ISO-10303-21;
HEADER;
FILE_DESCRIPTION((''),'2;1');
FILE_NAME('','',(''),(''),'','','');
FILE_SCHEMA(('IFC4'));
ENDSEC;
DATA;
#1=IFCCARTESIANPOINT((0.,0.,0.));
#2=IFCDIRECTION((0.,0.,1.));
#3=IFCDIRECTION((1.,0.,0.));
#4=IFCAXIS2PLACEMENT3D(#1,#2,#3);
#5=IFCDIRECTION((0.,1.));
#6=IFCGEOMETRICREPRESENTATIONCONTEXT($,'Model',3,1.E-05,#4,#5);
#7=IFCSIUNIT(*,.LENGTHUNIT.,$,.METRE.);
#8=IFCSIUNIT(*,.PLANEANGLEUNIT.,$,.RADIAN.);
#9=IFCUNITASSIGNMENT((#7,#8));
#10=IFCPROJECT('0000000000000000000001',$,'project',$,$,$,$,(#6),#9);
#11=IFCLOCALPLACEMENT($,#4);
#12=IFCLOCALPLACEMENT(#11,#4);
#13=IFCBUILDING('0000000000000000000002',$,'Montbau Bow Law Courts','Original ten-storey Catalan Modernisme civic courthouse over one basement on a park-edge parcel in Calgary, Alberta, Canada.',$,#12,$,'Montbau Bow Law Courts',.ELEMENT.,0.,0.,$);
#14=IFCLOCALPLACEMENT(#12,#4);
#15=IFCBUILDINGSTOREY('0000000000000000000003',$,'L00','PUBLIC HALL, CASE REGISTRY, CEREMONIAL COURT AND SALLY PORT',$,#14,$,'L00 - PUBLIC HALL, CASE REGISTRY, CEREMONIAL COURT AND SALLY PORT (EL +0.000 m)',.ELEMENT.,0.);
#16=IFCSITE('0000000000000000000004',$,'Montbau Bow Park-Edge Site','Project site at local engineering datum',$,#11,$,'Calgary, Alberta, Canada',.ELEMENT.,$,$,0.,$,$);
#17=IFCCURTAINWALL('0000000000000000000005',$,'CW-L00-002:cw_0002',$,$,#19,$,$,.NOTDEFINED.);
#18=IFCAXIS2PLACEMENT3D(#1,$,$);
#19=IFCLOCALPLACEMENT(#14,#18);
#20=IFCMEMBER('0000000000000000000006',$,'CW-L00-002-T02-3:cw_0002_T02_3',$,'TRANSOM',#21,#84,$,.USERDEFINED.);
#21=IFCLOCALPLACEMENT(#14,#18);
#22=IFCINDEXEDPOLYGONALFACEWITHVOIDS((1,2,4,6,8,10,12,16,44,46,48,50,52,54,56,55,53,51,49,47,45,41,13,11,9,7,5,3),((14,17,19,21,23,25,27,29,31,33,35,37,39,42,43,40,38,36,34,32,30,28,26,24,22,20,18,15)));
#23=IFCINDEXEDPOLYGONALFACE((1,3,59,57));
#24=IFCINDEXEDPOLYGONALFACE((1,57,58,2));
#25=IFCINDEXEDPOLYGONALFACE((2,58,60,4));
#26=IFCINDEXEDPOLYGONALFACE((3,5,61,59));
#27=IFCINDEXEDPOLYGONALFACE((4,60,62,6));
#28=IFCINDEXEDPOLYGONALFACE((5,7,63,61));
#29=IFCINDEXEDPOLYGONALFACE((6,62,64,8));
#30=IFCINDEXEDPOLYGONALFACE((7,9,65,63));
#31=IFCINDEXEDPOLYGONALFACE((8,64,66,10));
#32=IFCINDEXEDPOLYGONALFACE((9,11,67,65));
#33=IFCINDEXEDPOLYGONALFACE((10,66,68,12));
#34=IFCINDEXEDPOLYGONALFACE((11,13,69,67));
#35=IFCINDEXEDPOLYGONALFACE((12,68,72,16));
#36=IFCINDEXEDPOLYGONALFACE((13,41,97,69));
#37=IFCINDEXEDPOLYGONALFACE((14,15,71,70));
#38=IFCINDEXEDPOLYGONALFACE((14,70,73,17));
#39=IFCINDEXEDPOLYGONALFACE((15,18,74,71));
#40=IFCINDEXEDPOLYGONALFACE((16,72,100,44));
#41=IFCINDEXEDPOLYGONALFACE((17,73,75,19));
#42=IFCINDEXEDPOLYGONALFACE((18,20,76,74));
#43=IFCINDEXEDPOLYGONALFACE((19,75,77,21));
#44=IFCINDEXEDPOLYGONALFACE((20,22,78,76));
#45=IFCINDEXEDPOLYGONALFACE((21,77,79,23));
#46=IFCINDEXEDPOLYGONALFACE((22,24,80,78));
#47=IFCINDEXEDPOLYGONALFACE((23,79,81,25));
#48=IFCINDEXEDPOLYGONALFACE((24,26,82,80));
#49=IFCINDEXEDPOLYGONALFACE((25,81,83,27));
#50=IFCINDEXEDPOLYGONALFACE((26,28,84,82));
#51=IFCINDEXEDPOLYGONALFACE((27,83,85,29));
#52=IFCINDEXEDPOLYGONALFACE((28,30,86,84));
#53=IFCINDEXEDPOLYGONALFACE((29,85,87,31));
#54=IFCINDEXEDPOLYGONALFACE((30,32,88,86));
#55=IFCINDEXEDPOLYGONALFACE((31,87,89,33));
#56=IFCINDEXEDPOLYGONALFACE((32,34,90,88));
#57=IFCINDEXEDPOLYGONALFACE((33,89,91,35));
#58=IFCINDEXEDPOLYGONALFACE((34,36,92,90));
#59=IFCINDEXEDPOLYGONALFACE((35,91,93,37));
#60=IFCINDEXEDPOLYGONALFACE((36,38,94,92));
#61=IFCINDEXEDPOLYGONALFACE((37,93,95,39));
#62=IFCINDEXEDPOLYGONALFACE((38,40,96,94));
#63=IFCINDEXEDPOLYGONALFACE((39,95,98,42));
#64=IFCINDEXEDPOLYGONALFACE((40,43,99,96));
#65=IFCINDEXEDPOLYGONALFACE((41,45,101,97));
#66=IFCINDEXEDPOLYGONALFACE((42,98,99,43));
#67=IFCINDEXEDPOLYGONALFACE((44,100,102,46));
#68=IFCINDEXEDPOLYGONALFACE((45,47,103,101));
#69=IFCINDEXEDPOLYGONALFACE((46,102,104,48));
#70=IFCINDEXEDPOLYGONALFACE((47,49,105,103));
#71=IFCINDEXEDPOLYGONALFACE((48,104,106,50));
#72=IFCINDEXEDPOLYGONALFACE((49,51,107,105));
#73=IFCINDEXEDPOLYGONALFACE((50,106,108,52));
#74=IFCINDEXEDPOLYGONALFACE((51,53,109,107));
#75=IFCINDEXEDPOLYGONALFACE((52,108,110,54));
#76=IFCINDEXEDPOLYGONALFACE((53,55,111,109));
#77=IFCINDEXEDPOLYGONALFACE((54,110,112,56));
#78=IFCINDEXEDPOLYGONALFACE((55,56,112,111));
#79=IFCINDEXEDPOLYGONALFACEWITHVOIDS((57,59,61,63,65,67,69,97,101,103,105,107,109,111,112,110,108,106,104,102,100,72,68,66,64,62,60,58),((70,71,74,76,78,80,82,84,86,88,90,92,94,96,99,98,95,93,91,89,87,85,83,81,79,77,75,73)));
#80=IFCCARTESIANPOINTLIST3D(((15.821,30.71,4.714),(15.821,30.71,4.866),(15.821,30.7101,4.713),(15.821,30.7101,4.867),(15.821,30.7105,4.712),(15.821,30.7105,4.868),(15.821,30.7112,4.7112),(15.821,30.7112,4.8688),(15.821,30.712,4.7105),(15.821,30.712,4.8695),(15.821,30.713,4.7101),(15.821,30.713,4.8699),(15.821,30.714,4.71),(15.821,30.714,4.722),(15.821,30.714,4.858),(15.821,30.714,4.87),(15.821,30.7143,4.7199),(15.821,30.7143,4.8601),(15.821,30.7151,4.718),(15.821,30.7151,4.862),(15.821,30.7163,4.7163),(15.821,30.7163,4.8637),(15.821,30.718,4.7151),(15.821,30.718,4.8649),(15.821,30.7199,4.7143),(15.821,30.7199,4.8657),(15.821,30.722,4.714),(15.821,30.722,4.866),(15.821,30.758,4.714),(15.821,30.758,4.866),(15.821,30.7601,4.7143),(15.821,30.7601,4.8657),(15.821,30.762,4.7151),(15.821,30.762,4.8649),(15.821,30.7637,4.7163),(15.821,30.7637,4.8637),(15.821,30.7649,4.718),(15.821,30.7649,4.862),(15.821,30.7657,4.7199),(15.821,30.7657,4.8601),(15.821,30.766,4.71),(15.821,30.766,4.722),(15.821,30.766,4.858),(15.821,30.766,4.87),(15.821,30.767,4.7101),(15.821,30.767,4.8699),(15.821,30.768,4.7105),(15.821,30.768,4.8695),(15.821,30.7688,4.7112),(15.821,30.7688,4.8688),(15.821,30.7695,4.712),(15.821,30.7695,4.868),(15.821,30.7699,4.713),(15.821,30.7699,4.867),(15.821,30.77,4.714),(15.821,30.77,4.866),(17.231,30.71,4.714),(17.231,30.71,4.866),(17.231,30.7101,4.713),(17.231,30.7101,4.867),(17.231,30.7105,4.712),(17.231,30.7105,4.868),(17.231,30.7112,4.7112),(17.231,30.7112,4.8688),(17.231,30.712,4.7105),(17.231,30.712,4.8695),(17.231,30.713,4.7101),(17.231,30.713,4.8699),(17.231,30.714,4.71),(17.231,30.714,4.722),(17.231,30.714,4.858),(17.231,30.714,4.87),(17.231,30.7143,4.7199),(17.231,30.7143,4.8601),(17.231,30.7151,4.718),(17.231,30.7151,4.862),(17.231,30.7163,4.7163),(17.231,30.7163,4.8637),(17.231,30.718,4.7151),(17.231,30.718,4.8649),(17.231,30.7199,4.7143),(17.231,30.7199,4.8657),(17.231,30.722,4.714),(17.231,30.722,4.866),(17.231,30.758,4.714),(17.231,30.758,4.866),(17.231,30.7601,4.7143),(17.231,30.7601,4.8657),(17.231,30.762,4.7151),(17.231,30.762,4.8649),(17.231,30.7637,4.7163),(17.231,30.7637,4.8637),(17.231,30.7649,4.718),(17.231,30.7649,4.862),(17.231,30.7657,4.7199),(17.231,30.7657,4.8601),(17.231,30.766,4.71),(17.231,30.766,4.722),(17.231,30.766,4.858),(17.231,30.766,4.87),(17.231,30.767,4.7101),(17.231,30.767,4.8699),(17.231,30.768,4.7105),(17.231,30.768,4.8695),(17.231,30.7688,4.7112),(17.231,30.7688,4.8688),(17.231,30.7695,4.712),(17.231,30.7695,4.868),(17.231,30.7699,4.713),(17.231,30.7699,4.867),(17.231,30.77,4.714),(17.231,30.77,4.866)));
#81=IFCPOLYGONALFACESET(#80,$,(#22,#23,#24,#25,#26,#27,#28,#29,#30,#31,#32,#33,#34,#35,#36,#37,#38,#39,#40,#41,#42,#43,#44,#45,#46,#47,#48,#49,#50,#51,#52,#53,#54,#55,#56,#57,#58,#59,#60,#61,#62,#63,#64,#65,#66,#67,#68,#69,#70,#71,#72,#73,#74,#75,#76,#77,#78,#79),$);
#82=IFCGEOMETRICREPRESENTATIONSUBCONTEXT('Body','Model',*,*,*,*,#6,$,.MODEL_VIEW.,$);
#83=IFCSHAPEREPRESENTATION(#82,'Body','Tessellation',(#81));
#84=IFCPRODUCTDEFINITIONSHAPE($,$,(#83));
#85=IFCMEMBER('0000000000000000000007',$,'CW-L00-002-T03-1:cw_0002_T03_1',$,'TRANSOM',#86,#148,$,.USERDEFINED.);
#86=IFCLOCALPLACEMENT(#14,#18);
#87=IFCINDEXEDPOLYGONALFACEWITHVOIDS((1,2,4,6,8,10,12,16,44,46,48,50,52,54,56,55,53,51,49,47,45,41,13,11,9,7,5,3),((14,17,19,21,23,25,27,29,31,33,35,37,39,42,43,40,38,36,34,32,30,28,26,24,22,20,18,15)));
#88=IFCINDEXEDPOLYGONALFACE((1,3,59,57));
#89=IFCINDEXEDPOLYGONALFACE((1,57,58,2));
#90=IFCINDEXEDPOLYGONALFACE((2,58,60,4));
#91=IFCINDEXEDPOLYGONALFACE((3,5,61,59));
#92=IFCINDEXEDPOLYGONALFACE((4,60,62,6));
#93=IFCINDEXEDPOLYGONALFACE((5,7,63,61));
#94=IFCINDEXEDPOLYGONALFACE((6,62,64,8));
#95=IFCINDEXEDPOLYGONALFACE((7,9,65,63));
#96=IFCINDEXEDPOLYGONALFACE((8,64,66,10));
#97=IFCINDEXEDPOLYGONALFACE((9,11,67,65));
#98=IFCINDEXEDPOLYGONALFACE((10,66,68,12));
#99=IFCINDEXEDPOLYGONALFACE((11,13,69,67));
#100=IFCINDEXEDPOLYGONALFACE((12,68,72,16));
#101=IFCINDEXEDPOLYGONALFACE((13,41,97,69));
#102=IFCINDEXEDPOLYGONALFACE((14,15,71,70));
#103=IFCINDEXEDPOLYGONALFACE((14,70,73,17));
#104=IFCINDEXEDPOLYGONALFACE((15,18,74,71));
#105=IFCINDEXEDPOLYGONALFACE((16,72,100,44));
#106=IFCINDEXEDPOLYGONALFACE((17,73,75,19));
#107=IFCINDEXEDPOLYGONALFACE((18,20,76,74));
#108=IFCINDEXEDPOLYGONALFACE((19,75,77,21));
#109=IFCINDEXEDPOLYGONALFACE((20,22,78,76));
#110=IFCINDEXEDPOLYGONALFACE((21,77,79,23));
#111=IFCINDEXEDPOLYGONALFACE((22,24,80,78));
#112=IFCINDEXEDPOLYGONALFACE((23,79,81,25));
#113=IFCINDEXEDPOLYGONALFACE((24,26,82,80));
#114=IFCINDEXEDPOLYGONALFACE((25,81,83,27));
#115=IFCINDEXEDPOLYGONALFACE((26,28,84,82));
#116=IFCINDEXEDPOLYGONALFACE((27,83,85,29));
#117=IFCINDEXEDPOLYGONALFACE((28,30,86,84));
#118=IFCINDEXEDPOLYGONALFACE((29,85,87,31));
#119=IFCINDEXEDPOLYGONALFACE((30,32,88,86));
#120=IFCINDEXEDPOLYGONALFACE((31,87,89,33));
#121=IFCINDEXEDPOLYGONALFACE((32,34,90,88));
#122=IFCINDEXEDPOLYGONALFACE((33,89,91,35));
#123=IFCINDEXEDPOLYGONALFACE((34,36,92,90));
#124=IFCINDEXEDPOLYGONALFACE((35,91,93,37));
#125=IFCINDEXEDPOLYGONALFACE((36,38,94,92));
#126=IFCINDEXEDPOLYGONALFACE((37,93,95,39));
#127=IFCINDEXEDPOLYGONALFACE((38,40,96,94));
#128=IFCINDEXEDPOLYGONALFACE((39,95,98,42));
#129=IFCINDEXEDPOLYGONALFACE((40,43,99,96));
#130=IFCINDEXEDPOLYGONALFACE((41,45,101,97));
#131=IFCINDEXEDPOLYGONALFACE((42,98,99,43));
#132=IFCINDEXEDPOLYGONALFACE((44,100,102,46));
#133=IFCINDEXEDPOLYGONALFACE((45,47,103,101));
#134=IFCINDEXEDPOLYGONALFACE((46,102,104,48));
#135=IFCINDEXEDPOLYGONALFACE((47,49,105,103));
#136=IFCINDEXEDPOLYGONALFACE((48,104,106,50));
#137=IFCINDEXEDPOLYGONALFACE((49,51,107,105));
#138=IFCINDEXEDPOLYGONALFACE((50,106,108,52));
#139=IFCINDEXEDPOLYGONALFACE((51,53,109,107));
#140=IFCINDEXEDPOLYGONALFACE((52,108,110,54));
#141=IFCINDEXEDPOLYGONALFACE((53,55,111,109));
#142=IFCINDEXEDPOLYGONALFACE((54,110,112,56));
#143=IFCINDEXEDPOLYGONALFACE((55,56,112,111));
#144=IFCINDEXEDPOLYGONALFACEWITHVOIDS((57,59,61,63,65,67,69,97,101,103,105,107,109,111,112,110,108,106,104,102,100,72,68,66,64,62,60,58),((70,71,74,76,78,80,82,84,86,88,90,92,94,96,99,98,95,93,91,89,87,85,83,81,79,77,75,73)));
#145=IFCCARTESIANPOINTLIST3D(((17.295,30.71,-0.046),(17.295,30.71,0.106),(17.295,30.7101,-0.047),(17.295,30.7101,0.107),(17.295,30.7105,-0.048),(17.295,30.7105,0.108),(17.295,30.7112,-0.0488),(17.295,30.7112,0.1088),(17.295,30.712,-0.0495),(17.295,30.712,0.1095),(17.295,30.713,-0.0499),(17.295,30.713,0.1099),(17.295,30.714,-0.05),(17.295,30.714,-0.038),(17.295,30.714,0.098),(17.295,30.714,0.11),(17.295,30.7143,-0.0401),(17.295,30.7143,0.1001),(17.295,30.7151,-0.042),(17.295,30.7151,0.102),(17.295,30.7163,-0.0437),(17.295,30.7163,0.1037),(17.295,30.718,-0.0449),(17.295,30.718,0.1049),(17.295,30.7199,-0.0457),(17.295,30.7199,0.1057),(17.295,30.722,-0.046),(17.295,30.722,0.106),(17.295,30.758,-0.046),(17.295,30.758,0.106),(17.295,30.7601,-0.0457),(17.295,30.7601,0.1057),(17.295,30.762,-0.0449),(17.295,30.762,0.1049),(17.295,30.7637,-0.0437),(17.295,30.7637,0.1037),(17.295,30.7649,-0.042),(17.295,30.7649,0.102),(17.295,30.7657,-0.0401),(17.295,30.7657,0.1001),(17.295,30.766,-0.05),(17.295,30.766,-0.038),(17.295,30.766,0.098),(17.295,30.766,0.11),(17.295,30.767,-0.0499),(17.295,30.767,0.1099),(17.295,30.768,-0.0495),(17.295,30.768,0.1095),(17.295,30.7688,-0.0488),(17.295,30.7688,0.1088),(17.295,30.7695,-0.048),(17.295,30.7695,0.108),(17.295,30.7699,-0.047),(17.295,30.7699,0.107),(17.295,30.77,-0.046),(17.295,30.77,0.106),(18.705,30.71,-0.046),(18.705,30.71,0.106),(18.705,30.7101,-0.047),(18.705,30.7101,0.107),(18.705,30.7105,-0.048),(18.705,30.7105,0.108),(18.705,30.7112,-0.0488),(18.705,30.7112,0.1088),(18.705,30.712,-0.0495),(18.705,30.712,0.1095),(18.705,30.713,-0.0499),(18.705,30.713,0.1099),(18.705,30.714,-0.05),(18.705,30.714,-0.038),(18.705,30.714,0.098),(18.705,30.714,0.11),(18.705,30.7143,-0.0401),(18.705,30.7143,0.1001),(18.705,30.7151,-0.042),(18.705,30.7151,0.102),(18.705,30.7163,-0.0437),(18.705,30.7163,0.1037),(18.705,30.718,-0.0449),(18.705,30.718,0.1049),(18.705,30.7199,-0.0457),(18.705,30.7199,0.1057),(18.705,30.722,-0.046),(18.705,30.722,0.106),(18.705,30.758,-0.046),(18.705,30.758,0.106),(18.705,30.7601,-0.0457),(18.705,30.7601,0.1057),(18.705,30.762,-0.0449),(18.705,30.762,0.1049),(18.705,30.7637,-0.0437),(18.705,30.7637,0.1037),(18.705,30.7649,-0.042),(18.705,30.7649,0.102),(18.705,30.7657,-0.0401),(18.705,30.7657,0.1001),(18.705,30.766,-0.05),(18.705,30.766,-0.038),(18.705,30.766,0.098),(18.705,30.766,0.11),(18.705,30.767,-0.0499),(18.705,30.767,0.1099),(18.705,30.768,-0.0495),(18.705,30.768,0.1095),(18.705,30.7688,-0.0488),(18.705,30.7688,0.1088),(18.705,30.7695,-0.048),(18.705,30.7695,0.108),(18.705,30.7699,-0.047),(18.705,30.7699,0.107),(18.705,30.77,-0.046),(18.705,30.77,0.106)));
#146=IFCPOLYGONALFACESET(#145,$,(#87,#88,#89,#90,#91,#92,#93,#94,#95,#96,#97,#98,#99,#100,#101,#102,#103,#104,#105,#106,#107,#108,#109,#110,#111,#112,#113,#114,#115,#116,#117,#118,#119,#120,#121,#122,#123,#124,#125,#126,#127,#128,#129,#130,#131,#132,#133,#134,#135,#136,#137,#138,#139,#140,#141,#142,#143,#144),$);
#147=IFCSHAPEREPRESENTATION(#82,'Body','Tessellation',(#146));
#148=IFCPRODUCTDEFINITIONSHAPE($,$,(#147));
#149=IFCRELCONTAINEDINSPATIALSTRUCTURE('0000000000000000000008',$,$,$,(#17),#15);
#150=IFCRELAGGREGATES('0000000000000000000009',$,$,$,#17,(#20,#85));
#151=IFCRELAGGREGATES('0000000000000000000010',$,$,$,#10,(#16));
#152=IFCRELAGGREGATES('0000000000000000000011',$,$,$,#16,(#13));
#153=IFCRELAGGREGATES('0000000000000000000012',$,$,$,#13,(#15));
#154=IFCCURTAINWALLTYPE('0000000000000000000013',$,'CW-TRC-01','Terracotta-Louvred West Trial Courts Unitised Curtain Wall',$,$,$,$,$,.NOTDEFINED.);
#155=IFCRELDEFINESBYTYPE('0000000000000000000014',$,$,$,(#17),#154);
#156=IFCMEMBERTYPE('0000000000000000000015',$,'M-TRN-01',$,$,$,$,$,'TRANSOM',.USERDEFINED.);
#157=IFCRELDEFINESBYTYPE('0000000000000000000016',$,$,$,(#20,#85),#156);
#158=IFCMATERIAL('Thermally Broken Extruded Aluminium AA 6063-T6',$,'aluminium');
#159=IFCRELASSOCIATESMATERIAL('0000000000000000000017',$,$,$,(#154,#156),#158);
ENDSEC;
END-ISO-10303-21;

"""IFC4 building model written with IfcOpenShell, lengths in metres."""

from ifc_helpers import new_model, si_unit, direction, frame, origin_with_axes, origin_2d_with_axis, place, context, subcontext, project, spatial, hollow_rectangle, extrude, material, material_profile, profile_set, type_object, element, aggregate, save


model = new_model("IFC4")

# Units and contexts
model_context = context("Model", 3, precision=1e-05, world=origin_with_axes(), true_north=direction((0.0, 1.0)))
body_context = subcontext(model_context, "Body", "Model", "MODEL_VIEW")
ifc_project = project(units=[si_unit("LENGTHUNIT", "METRE"), si_unit("PLANEANGLEUNIT", "RADIAN")], contexts=[model_context])

# Site, building, storey
site_placement = place(None, origin_with_axes())
site = spatial("IfcSite", under=ifc_project, at=site_placement, Name="Montbau Bow Park-Edge Site", Description="Project site at local engineering datum", LongName="Calgary, Alberta, Canada", CompositionType="ELEMENT", RefElevation=0.0)
building_placement = place(site_placement, origin_with_axes())
building = spatial("IfcBuilding", under=site, at=building_placement, Name="Montbau Bow Law Courts", Description="Original ten-storey Catalan Modernisme civic courthouse over one basement on a park-edge parcel in Calgary, Alberta, Canada.", LongName="Montbau Bow Law Courts", CompositionType="ELEMENT", ElevationOfRefHeight=0.0, ElevationOfTerrain=0.0)
storey_placement = place(building_placement, origin_with_axes())
storey = spatial("IfcBuildingStorey", under=building, at=storey_placement, Name="L00", Description="PUBLIC HALL, CASE REGISTRY, CEREMONIAL COURT AND SALLY PORT", LongName="L00 - PUBLIC HALL, CASE REGISTRY, CEREMONIAL COURT AND SALLY PORT (EL +0.000 m)", CompositionType="ELEMENT", Elevation=0.0)

# Curtain wall, members
ifc_material_1 = material(Name="Thermally Broken Extruded Aluminium AA 6063-T6", Category="aluminium")
curtain_wall_type = type_object("IfcCurtainWallType", Name="CW-TRC-01", Description="Terracotta-Louvred West Trial Courts Unitised Curtain Wall", PredefinedType="NOTDEFINED", material=ifc_material_1)
curtain_wall_placement = place(None, frame((14.315, 30.74, 0.0), z_axis=(0.0, 0.0, 1.0), x_axis=(1.0, 0.0, 0.0)))
curtain_wall = element("IfcCurtainWall", 1, at=curtain_wall_placement, inside=storey, type_object=curtain_wall_type, Name="CW-L00-002:cw_0002", PredefinedType="NOTDEFINED")
ifc_material_profile_1 = material_profile(ifc_material_1, hollow_rectangle(XDim=0.06, YDim=0.16, WallThickness=0.004, InnerFilletRadius=0.008, OuterFilletRadius=0.004, at=origin_2d_with_axis()), Name="CWT-160X60", Category="Main", Priority=0)
ifc_profile_set_1 = profile_set([ifc_material_profile_1], Name="Thermally Broken Extruded Aluminium AA 6063-T6")
member_type_1 = type_object("IfcMemberType", Name="M-TRN-01", ElementType="TRANSOM", PredefinedType="USERDEFINED", material=ifc_profile_set_1)
member_1_placement = place(None, frame((15.821, 30.74, 4.79), z_axis=(1.0, 0.0, 0.0), x_axis=(0.0, 1.0, 0.0)))
member_1 = element("IfcMember", 2, at=member_1_placement, type_object=member_type_1, Name="CW-L00-002-T02-3:cw_0002_T02_3", ObjectType="TRANSOM", PredefinedType="USERDEFINED", context=body_context, shape_type="SweptSolid", body=[
    extrude(hollow_rectangle(XDim=0.06, YDim=0.16, WallThickness=0.004, InnerFilletRadius=0.008, OuterFilletRadius=0.004, at=origin_2d_with_axis()), origin_with_axes(), (0.0, 0.0, 1.0), 1.41),
])
member_2_placement = place(None, frame((17.295, 30.74, 0.03), z_axis=(1.0, 0.0, 0.0), x_axis=(0.0, 1.0, 0.0)))
member_2 = element("IfcMember", 3, at=member_2_placement, type_object=member_type_1, Name="CW-L00-002-T03-1:cw_0002_T03_1", ObjectType="TRANSOM", PredefinedType="USERDEFINED", context=body_context, shape_type="SweptSolid", body=[
    extrude(hollow_rectangle(XDim=0.06, YDim=0.16, WallThickness=0.004, InnerFilletRadius=0.008, OuterFilletRadius=0.004, at=origin_2d_with_axis()), origin_with_axes(), (0.0, 0.0, 1.0), 1.41),
])
aggregate(curtain_wall, [member_1, member_2])

save(model, "model.ifc")
